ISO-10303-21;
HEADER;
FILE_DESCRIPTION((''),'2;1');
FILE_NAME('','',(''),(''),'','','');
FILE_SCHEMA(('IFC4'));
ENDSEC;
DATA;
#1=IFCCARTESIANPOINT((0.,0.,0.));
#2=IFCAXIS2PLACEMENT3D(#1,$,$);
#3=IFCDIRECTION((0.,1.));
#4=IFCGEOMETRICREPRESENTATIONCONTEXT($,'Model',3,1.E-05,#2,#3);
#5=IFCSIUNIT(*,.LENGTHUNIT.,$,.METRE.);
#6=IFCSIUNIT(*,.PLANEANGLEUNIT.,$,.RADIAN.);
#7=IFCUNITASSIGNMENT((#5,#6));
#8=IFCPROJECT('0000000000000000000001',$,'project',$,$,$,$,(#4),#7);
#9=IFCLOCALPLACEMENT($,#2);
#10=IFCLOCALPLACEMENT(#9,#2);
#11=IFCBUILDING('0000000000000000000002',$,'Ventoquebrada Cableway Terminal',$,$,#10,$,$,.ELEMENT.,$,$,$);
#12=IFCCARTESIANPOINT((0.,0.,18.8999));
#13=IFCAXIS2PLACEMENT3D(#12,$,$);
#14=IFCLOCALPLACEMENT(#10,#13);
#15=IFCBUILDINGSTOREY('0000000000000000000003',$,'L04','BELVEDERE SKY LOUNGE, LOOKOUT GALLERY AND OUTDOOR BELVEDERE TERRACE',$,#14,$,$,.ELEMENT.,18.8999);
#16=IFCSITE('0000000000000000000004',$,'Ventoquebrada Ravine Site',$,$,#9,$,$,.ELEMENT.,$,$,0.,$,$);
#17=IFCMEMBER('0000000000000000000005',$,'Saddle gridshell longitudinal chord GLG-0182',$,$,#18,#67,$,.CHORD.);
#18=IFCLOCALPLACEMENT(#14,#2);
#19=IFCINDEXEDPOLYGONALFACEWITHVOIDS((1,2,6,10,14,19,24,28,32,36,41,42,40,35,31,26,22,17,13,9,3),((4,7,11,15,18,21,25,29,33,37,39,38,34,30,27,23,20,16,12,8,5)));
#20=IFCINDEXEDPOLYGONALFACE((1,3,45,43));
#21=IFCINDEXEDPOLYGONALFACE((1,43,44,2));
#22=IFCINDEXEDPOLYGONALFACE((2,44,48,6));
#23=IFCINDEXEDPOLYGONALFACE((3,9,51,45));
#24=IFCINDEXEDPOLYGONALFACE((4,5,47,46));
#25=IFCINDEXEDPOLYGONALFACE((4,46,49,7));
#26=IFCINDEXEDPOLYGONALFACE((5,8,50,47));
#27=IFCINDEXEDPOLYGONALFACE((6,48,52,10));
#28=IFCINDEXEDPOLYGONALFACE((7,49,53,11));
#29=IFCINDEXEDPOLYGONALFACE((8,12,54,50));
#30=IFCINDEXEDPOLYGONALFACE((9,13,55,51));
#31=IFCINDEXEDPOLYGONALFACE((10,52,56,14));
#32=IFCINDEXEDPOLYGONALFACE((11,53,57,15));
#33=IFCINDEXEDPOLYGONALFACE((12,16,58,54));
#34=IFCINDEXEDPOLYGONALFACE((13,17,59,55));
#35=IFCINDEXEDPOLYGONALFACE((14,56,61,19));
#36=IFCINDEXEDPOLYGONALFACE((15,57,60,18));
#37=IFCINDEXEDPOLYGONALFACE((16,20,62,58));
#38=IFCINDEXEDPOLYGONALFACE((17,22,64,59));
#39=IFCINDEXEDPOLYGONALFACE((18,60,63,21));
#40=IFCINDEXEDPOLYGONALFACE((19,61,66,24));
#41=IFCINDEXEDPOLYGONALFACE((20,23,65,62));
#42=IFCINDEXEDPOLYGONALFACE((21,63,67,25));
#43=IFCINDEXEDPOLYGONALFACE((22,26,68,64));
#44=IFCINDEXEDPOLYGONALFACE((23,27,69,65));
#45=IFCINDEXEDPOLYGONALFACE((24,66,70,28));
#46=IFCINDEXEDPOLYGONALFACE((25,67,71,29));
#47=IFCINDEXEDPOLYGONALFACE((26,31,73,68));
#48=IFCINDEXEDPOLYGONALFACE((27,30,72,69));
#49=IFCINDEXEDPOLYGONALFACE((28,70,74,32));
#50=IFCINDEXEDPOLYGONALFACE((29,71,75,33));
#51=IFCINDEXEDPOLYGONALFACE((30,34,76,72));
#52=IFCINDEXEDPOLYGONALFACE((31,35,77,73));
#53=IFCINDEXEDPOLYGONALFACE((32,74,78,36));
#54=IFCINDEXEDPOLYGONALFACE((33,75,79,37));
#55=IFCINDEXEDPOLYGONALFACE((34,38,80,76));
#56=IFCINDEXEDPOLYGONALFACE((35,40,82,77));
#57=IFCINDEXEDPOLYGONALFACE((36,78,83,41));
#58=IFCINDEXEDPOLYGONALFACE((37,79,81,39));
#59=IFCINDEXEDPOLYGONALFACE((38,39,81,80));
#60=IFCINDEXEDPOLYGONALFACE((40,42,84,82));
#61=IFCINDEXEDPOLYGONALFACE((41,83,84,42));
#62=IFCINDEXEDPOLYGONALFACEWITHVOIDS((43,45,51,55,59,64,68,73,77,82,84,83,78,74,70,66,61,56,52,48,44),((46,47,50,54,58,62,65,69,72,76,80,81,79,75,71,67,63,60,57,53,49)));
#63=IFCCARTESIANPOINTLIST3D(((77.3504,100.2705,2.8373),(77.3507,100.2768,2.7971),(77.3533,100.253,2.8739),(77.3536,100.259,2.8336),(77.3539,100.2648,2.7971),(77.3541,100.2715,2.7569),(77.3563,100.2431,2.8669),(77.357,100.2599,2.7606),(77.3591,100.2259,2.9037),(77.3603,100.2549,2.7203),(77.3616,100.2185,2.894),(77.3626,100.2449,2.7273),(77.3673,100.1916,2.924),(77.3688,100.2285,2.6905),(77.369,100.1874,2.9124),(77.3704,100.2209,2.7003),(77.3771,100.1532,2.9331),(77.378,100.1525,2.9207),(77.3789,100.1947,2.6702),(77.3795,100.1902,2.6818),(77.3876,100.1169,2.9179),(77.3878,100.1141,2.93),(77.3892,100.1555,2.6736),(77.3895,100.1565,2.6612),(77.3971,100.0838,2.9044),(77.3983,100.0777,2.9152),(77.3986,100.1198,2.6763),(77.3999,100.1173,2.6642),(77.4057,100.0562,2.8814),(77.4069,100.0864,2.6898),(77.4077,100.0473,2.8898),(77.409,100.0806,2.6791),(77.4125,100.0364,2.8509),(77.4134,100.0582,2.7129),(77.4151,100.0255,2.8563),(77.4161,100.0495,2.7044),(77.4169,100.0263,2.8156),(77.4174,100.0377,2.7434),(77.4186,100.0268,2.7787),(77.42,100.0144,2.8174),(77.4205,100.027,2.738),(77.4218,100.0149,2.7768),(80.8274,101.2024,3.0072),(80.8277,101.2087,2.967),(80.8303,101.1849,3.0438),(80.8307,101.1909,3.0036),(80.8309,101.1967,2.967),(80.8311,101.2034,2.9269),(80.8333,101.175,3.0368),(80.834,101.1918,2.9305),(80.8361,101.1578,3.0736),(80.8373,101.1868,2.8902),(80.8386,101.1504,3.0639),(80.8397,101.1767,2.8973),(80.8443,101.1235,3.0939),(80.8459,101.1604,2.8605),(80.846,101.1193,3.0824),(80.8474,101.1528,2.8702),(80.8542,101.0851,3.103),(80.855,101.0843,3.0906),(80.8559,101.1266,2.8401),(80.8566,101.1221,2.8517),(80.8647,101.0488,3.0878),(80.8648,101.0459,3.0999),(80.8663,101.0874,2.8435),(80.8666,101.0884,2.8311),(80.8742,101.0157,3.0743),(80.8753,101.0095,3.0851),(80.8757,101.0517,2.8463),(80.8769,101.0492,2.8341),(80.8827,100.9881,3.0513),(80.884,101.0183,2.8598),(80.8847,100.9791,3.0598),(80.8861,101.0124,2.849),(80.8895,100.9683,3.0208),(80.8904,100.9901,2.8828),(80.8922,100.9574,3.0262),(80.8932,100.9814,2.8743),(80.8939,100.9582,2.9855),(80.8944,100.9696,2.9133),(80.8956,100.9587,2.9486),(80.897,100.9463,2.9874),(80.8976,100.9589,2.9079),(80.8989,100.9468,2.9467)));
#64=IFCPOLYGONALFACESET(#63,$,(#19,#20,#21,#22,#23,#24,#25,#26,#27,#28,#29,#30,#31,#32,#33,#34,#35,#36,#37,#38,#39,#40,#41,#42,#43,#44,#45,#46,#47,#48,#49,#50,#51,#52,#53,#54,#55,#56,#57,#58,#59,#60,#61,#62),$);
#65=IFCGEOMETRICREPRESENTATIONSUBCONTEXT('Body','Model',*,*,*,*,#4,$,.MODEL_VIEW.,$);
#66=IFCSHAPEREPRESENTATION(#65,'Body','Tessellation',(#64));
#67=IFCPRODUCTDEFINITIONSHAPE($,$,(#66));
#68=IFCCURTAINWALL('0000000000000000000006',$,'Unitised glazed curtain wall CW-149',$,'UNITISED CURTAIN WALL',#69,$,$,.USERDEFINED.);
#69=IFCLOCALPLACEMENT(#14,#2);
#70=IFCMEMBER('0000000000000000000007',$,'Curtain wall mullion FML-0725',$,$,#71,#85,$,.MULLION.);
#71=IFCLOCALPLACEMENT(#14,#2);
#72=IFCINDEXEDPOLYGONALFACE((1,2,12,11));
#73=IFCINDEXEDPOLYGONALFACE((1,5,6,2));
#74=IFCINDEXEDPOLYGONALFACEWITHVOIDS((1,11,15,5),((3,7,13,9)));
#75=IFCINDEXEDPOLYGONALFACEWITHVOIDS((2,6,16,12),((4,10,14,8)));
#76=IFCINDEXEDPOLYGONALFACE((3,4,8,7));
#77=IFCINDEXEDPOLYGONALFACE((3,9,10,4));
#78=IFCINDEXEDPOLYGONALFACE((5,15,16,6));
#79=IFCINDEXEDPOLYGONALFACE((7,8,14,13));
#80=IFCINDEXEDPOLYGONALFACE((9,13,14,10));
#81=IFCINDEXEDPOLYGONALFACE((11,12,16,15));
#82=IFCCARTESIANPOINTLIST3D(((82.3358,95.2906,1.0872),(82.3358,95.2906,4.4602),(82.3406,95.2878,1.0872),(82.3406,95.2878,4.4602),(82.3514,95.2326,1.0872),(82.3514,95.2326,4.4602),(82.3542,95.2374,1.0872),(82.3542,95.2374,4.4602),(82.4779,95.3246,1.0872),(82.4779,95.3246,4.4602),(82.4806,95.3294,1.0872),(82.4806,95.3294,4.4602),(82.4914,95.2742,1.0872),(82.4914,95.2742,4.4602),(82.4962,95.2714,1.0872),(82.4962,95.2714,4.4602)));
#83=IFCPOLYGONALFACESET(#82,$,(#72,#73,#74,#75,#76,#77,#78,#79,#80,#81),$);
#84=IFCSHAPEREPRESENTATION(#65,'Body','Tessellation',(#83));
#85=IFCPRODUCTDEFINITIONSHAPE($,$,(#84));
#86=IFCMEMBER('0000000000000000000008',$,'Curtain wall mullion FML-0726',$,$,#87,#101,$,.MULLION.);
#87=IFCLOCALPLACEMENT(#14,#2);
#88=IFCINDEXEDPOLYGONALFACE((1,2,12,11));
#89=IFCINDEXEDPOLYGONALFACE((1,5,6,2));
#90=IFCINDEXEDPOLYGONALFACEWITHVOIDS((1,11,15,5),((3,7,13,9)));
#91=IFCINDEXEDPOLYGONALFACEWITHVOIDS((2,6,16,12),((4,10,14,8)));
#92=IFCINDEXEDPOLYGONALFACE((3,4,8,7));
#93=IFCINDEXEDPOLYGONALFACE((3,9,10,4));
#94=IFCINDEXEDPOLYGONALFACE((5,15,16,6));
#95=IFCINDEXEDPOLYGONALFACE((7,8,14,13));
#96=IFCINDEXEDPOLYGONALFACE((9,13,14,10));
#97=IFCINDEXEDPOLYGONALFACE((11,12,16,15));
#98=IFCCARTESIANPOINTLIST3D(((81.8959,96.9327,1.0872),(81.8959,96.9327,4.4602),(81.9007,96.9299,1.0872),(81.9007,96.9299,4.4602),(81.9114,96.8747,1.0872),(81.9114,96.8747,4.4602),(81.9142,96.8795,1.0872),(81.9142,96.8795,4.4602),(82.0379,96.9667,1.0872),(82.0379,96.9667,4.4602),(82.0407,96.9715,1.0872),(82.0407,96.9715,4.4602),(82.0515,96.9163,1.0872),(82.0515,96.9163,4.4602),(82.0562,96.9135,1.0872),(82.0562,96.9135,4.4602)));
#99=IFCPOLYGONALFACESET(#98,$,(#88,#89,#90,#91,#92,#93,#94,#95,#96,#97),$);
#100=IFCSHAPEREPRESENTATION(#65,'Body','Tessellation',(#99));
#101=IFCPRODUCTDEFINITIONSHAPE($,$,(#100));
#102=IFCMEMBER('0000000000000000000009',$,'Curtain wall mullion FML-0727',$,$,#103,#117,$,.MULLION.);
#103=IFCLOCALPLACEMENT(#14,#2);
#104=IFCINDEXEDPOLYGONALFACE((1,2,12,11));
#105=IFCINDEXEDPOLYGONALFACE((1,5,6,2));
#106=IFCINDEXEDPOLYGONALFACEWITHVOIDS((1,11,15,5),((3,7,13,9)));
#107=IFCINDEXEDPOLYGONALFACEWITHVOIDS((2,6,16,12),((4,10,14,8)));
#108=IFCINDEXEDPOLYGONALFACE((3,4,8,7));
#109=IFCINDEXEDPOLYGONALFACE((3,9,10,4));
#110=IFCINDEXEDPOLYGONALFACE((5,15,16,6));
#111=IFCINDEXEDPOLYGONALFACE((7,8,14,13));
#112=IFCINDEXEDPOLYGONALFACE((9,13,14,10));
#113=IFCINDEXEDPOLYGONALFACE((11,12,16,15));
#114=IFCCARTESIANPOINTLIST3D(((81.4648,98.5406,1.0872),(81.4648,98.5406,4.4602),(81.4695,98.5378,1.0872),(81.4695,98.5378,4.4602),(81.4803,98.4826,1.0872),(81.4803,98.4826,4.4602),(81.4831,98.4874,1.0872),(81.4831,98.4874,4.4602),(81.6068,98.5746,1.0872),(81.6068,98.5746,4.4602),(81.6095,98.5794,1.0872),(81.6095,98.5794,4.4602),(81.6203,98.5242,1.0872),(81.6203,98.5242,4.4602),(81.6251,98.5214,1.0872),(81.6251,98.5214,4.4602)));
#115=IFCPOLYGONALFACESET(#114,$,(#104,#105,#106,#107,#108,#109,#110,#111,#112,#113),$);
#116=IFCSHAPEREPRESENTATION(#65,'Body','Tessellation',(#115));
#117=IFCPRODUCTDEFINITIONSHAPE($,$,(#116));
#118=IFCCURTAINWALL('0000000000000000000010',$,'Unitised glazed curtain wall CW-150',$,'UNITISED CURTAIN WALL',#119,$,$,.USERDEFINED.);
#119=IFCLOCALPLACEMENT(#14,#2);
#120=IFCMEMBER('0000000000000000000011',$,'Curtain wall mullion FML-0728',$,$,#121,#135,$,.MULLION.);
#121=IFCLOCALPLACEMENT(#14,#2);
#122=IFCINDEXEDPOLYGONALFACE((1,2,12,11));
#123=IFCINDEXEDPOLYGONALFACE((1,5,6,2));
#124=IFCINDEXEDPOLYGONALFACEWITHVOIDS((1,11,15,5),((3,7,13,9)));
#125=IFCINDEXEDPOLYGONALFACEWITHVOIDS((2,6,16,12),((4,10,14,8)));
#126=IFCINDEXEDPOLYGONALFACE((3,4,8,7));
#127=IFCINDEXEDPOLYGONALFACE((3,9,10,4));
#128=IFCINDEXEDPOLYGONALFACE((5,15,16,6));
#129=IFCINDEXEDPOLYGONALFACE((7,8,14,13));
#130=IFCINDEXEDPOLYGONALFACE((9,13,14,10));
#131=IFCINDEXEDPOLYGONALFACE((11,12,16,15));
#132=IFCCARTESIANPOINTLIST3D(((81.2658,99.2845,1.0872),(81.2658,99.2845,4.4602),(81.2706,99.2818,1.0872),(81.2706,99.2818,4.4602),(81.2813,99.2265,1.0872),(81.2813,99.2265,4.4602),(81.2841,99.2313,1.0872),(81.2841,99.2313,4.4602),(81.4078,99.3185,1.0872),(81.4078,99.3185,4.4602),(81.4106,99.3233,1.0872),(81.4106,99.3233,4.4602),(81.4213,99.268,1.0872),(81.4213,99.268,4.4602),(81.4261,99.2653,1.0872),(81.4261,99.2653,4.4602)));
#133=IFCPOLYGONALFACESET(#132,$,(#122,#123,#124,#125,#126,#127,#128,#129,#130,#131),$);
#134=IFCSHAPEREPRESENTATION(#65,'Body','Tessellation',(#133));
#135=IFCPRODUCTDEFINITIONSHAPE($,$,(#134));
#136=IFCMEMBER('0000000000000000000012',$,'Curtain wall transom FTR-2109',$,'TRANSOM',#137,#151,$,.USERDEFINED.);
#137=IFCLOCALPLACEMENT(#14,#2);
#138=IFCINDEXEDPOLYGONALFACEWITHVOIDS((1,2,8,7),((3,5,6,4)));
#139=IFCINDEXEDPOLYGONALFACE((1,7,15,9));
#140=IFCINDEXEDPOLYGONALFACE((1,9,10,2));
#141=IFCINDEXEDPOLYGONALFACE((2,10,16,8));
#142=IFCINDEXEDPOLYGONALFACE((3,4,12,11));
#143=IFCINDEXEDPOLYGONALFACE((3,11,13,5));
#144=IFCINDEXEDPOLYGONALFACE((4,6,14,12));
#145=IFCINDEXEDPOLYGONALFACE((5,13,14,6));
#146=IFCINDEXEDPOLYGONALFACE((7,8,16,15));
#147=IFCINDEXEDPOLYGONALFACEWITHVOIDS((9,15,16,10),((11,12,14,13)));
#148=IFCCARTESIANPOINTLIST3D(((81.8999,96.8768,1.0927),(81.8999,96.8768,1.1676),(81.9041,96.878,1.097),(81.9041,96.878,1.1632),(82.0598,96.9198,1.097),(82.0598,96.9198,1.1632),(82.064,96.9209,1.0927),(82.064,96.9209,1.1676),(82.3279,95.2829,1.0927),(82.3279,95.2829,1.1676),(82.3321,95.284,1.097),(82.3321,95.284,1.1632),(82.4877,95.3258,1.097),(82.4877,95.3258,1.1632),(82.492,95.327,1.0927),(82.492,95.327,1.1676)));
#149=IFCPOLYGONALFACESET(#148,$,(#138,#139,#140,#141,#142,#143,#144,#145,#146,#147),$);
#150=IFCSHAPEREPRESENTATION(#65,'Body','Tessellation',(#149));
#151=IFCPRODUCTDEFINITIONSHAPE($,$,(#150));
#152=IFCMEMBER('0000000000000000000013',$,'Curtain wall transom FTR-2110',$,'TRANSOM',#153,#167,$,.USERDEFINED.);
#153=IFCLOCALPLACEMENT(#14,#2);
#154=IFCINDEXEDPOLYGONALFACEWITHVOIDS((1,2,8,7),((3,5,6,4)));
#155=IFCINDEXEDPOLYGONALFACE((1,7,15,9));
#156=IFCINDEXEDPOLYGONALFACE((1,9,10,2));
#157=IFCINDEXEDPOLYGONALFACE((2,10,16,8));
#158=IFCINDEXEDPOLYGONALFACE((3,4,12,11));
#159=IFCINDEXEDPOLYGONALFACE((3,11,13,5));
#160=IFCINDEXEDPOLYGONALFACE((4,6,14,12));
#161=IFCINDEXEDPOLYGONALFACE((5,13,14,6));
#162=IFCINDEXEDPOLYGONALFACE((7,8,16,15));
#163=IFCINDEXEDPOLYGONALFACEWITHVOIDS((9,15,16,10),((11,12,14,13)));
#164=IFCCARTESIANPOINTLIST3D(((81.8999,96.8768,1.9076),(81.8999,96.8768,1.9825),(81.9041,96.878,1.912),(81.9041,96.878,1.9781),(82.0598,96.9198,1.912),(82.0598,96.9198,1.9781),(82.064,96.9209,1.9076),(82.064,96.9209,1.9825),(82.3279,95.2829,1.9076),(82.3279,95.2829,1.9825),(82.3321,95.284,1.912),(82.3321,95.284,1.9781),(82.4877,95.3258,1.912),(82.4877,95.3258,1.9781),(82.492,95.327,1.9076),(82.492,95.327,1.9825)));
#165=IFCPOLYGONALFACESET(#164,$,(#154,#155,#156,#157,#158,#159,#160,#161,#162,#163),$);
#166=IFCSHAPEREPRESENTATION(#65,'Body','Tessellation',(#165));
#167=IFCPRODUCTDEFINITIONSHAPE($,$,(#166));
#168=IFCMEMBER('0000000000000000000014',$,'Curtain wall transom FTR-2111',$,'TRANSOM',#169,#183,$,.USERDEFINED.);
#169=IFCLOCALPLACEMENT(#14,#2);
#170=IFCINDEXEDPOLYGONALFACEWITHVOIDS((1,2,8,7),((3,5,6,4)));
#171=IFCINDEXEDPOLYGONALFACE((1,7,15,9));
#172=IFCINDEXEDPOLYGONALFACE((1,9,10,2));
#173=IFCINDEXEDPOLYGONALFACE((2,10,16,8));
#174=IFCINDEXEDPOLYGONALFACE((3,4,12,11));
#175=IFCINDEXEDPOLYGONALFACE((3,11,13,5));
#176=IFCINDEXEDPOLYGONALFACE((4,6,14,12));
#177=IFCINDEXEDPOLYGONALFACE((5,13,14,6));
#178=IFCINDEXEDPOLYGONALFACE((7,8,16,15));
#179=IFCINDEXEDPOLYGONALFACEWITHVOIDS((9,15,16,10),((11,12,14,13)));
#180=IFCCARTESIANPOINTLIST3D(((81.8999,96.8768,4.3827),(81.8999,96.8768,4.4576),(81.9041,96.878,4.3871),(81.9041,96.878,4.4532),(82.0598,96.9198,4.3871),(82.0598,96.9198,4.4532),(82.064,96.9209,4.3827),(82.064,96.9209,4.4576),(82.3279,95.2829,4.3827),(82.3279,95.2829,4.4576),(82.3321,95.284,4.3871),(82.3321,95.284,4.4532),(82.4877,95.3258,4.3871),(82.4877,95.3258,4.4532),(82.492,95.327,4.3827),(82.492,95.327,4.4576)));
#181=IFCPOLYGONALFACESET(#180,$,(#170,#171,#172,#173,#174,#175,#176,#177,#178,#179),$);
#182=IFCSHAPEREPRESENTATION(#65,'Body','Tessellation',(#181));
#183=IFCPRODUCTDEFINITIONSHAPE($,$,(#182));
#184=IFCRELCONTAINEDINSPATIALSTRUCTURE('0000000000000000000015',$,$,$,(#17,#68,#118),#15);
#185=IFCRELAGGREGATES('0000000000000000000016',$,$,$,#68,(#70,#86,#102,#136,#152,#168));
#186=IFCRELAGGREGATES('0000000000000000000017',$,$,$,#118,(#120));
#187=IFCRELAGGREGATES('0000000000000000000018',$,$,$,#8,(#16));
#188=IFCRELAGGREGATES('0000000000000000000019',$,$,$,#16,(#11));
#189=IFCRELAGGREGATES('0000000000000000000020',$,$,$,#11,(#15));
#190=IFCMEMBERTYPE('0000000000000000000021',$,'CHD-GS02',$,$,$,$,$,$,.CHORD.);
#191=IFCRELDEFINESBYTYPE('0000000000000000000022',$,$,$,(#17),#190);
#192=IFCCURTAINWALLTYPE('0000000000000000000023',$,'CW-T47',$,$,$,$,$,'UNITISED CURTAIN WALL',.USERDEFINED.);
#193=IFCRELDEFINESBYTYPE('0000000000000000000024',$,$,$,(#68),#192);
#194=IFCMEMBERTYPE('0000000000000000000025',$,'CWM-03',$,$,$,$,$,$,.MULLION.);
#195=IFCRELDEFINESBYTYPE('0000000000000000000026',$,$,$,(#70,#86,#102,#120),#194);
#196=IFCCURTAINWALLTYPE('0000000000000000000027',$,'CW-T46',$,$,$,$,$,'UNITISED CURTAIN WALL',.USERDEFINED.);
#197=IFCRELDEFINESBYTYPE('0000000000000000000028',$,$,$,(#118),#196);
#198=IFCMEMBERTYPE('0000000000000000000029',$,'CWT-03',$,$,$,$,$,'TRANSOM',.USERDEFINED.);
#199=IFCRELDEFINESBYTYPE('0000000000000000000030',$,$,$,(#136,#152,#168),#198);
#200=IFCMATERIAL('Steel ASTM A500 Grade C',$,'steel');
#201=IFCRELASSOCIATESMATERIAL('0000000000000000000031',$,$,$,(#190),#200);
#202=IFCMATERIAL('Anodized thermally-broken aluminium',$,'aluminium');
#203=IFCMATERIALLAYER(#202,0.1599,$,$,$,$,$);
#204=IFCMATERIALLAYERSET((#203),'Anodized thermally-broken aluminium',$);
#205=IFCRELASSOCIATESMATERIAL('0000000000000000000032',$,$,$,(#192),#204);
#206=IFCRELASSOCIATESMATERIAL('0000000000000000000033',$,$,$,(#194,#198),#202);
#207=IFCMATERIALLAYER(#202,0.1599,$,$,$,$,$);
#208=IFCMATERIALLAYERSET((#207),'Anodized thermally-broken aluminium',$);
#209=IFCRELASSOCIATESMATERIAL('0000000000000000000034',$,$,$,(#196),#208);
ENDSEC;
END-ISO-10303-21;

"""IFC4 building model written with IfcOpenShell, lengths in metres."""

from ifc_helpers import new_model, si_unit, direction, frame, origin, origin_2d, place, context, subcontext, project, spatial, hollow_rectangle, hollow_circle, extrude, material, layer, layer_set, material_profile, profile_set, type_object, element, aggregate, save


model = new_model("IFC4")

# Units and contexts
model_context = context("Model", 3, precision=1e-05, world=origin(), true_north=direction((0.0, 1.0)))
body_context = subcontext(model_context, "Body", "Model", "MODEL_VIEW")
ifc_project = project(units=[si_unit("LENGTHUNIT", "METRE"), si_unit("PLANEANGLEUNIT", "RADIAN")], contexts=[model_context])

# Site, building, storey
site_placement = place(None, origin())
site = spatial("IfcSite", under=ifc_project, at=site_placement, Name="Ventoquebrada Ravine Site", CompositionType="ELEMENT", RefElevation=0.0)
building_placement = place(site_placement, origin())
building = spatial("IfcBuilding", under=site, at=building_placement, Name="Ventoquebrada Cableway Terminal", CompositionType="ELEMENT")
storey_placement = place(building_placement, frame((0.0, 0.0, 18.8999)))
storey = spatial("IfcBuildingStorey", under=building, at=storey_placement, Name="L04", Description="BELVEDERE SKY LOUNGE, LOOKOUT GALLERY AND OUTDOOR BELVEDERE TERRACE", CompositionType="ELEMENT", Elevation=18.8999)

# Member
ifc_material_1 = material(Name="Steel ASTM A500 Grade C", Category="steel")
ifc_material_profile_1 = material_profile(ifc_material_1, hollow_circle(Radius=0.1365, WallThickness=0.0125, at=origin_2d()), Name="CHS273.0X12.5")
ifc_profile_set_1 = profile_set([ifc_material_profile_1], Name="Steel ASTM A500 Grade C")
member_type_1 = type_object("IfcMemberType", Name="CHD-GS02", PredefinedType="CHORD", material=ifc_profile_set_1)
member_1_placement = place(storey_placement, frame((77.386, 100.145, 2.7971), z_axis=(0.964837, 0.258586, 0.047151), x_axis=(-0.258874, 0.965911, 0.0)))
element("IfcMember", 1, at=member_1_placement, inside=storey, type_object=member_type_1, Name="Saddle gridshell longitudinal chord GLG-0182", PredefinedType="CHORD", context=body_context, shape_type="SweptSolid", body=[
    extrude(hollow_circle(Radius=0.1365, WallThickness=0.0125, at=origin_2d()), origin(), (0.0, 0.0, 1.0), 3.6038),
])

# Curtain wall, members
ifc_material_2 = material(Name="Anodized thermally-broken aluminium", Category="aluminium")
ifc_layer_1 = layer(ifc_material_2, 0.1599)
ifc_layer_set_1 = layer_set([ifc_layer_1], Name="Anodized thermally-broken aluminium")
curtain_wall_type_1 = type_object("IfcCurtainWallType", Name="CW-T47", ElementType="UNITISED CURTAIN WALL", PredefinedType="USERDEFINED", material=ifc_layer_set_1)
curtain_wall_1_placement = place(storey_placement, origin())
curtain_wall_1 = element("IfcCurtainWall", 2, at=curtain_wall_1_placement, inside=storey, type_object=curtain_wall_type_1, Name="Unitised glazed curtain wall CW-149", ObjectType="UNITISED CURTAIN WALL", PredefinedType="USERDEFINED")
ifc_material_profile_2 = material_profile(ifc_material_2, hollow_rectangle(XDim=0.0601, YDim=0.1499, WallThickness=0.0039, at=origin_2d()), Name="CW-MUL-60X150")
ifc_profile_set_2 = profile_set([ifc_material_profile_2], Name="Anodized thermally-broken aluminium")
member_type_2 = type_object("IfcMemberType", Name="CWM-03", PredefinedType="MULLION", material=ifc_profile_set_2)
member_2_placement = place(storey_placement, frame((82.416, 95.281, 1.0872), z_axis=(0.0, 0.0, 1.0), x_axis=(-0.258836, 0.965921, 0.0)))
member_2 = element("IfcMember", 3, at=member_2_placement, type_object=member_type_2, Name="Curtain wall mullion FML-0725", PredefinedType="MULLION", context=body_context, shape_type="SweptSolid", body=[
    extrude(hollow_rectangle(XDim=0.0601, YDim=0.1499, WallThickness=0.0039, at=origin_2d()), origin(), (0.0, 0.0, 1.0), 3.373),
])
member_3_placement = place(storey_placement, frame((81.9761, 96.9231, 1.0872), z_axis=(0.0, 0.0, 1.0), x_axis=(-0.258836, 0.965921, 0.0)))
member_3 = element("IfcMember", 4, at=member_3_placement, type_object=member_type_2, Name="Curtain wall mullion FML-0726", PredefinedType="MULLION", context=body_context, shape_type="SweptSolid", body=[
    extrude(hollow_rectangle(XDim=0.0601, YDim=0.1499, WallThickness=0.0039, at=origin_2d()), origin(), (0.0, 0.0, 1.0), 3.373),
])
member_4_placement = place(storey_placement, frame((81.5449, 98.531, 1.0872), z_axis=(0.0, 0.0, 1.0), x_axis=(-0.258836, 0.965921, 0.0)))
member_4 = element("IfcMember", 5, at=member_4_placement, type_object=member_type_2, Name="Curtain wall mullion FML-0727", PredefinedType="MULLION", context=body_context, shape_type="SweptSolid", body=[
    extrude(hollow_rectangle(XDim=0.0601, YDim=0.1499, WallThickness=0.0039, at=origin_2d()), origin(), (0.0, 0.0, 1.0), 3.373),
])

# Curtain wall, member
ifc_layer_2 = layer(ifc_material_2, 0.1599)
ifc_layer_set_2 = layer_set([ifc_layer_2], Name="Anodized thermally-broken aluminium")
curtain_wall_type_2 = type_object("IfcCurtainWallType", Name="CW-T46", ElementType="UNITISED CURTAIN WALL", PredefinedType="USERDEFINED", material=ifc_layer_set_2)
curtain_wall_2_placement = place(storey_placement, origin())
curtain_wall_2 = element("IfcCurtainWall", 6, at=curtain_wall_2_placement, inside=storey, type_object=curtain_wall_type_2, Name="Unitised glazed curtain wall CW-150", ObjectType="UNITISED CURTAIN WALL", PredefinedType="USERDEFINED")
member_5_placement = place(storey_placement, frame((81.3459, 99.2749, 1.0872), z_axis=(0.0, 0.0, 1.0), x_axis=(-0.258718, 0.965953, 0.0)))
member_5 = element("IfcMember", 7, at=member_5_placement, type_object=member_type_2, Name="Curtain wall mullion FML-0728", PredefinedType="MULLION", context=body_context, shape_type="SweptSolid", body=[
    extrude(hollow_rectangle(XDim=0.0601, YDim=0.1499, WallThickness=0.0039, at=origin_2d()), origin(), (0.0, 0.0, 1.0), 3.373),
])

# Members
ifc_material_profile_3 = material_profile(ifc_material_2, hollow_rectangle(XDim=0.075, YDim=0.1699, WallThickness=0.0044, at=origin_2d()), Name="CW-TRN-75X170")
ifc_profile_set_3 = profile_set([ifc_material_profile_3], Name="Anodized thermally-broken aluminium")
member_type_3 = type_object("IfcMemberType", Name="CWT-03", ElementType="TRANSOM", PredefinedType="USERDEFINED", material=ifc_profile_set_3)
member_6_placement = place(storey_placement, frame((82.4099, 95.3049, 1.1301), z_axis=(-0.25931, 0.965794, 0.0), x_axis=(0.0, 0.0, 1.0)))
member_6 = element("IfcMember", 8, at=member_6_placement, type_object=member_type_3, Name="Curtain wall transom FTR-2109", ObjectType="TRANSOM", PredefinedType="USERDEFINED", context=body_context, shape_type="SweptSolid", body=[
    extrude(hollow_rectangle(XDim=0.075, YDim=0.1699, WallThickness=0.0044, at=origin_2d()), origin(), (0.0, 0.0, 1.0), 1.6504),
])
member_7_placement = place(storey_placement, frame((82.4099, 95.3049, 1.9451), z_axis=(-0.25931, 0.965794, 0.0), x_axis=(0.0, 0.0, 1.0)))
member_7 = element("IfcMember", 9, at=member_7_placement, type_object=member_type_3, Name="Curtain wall transom FTR-2110", ObjectType="TRANSOM", PredefinedType="USERDEFINED", context=body_context, shape_type="SweptSolid", body=[
    extrude(hollow_rectangle(XDim=0.075, YDim=0.1699, WallThickness=0.0044, at=origin_2d()), origin(), (0.0, 0.0, 1.0), 1.6504),
])
member_8_placement = place(storey_placement, frame((82.4099, 95.3049, 4.4202), z_axis=(-0.25931, 0.965794, 0.0), x_axis=(0.0, 0.0, 1.0)))
member_8 = element("IfcMember", 10, at=member_8_placement, type_object=member_type_3, Name="Curtain wall transom FTR-2111", ObjectType="TRANSOM", PredefinedType="USERDEFINED", context=body_context, shape_type="SweptSolid", body=[
    extrude(hollow_rectangle(XDim=0.075, YDim=0.1699, WallThickness=0.0044, at=origin_2d()), origin(), (0.0, 0.0, 1.0), 1.6504),
])

aggregate(curtain_wall_1, [member_2, member_3, member_4, member_6, member_7, member_8])
aggregate(curtain_wall_2, [member_5])

save(model, "model.ifc")
